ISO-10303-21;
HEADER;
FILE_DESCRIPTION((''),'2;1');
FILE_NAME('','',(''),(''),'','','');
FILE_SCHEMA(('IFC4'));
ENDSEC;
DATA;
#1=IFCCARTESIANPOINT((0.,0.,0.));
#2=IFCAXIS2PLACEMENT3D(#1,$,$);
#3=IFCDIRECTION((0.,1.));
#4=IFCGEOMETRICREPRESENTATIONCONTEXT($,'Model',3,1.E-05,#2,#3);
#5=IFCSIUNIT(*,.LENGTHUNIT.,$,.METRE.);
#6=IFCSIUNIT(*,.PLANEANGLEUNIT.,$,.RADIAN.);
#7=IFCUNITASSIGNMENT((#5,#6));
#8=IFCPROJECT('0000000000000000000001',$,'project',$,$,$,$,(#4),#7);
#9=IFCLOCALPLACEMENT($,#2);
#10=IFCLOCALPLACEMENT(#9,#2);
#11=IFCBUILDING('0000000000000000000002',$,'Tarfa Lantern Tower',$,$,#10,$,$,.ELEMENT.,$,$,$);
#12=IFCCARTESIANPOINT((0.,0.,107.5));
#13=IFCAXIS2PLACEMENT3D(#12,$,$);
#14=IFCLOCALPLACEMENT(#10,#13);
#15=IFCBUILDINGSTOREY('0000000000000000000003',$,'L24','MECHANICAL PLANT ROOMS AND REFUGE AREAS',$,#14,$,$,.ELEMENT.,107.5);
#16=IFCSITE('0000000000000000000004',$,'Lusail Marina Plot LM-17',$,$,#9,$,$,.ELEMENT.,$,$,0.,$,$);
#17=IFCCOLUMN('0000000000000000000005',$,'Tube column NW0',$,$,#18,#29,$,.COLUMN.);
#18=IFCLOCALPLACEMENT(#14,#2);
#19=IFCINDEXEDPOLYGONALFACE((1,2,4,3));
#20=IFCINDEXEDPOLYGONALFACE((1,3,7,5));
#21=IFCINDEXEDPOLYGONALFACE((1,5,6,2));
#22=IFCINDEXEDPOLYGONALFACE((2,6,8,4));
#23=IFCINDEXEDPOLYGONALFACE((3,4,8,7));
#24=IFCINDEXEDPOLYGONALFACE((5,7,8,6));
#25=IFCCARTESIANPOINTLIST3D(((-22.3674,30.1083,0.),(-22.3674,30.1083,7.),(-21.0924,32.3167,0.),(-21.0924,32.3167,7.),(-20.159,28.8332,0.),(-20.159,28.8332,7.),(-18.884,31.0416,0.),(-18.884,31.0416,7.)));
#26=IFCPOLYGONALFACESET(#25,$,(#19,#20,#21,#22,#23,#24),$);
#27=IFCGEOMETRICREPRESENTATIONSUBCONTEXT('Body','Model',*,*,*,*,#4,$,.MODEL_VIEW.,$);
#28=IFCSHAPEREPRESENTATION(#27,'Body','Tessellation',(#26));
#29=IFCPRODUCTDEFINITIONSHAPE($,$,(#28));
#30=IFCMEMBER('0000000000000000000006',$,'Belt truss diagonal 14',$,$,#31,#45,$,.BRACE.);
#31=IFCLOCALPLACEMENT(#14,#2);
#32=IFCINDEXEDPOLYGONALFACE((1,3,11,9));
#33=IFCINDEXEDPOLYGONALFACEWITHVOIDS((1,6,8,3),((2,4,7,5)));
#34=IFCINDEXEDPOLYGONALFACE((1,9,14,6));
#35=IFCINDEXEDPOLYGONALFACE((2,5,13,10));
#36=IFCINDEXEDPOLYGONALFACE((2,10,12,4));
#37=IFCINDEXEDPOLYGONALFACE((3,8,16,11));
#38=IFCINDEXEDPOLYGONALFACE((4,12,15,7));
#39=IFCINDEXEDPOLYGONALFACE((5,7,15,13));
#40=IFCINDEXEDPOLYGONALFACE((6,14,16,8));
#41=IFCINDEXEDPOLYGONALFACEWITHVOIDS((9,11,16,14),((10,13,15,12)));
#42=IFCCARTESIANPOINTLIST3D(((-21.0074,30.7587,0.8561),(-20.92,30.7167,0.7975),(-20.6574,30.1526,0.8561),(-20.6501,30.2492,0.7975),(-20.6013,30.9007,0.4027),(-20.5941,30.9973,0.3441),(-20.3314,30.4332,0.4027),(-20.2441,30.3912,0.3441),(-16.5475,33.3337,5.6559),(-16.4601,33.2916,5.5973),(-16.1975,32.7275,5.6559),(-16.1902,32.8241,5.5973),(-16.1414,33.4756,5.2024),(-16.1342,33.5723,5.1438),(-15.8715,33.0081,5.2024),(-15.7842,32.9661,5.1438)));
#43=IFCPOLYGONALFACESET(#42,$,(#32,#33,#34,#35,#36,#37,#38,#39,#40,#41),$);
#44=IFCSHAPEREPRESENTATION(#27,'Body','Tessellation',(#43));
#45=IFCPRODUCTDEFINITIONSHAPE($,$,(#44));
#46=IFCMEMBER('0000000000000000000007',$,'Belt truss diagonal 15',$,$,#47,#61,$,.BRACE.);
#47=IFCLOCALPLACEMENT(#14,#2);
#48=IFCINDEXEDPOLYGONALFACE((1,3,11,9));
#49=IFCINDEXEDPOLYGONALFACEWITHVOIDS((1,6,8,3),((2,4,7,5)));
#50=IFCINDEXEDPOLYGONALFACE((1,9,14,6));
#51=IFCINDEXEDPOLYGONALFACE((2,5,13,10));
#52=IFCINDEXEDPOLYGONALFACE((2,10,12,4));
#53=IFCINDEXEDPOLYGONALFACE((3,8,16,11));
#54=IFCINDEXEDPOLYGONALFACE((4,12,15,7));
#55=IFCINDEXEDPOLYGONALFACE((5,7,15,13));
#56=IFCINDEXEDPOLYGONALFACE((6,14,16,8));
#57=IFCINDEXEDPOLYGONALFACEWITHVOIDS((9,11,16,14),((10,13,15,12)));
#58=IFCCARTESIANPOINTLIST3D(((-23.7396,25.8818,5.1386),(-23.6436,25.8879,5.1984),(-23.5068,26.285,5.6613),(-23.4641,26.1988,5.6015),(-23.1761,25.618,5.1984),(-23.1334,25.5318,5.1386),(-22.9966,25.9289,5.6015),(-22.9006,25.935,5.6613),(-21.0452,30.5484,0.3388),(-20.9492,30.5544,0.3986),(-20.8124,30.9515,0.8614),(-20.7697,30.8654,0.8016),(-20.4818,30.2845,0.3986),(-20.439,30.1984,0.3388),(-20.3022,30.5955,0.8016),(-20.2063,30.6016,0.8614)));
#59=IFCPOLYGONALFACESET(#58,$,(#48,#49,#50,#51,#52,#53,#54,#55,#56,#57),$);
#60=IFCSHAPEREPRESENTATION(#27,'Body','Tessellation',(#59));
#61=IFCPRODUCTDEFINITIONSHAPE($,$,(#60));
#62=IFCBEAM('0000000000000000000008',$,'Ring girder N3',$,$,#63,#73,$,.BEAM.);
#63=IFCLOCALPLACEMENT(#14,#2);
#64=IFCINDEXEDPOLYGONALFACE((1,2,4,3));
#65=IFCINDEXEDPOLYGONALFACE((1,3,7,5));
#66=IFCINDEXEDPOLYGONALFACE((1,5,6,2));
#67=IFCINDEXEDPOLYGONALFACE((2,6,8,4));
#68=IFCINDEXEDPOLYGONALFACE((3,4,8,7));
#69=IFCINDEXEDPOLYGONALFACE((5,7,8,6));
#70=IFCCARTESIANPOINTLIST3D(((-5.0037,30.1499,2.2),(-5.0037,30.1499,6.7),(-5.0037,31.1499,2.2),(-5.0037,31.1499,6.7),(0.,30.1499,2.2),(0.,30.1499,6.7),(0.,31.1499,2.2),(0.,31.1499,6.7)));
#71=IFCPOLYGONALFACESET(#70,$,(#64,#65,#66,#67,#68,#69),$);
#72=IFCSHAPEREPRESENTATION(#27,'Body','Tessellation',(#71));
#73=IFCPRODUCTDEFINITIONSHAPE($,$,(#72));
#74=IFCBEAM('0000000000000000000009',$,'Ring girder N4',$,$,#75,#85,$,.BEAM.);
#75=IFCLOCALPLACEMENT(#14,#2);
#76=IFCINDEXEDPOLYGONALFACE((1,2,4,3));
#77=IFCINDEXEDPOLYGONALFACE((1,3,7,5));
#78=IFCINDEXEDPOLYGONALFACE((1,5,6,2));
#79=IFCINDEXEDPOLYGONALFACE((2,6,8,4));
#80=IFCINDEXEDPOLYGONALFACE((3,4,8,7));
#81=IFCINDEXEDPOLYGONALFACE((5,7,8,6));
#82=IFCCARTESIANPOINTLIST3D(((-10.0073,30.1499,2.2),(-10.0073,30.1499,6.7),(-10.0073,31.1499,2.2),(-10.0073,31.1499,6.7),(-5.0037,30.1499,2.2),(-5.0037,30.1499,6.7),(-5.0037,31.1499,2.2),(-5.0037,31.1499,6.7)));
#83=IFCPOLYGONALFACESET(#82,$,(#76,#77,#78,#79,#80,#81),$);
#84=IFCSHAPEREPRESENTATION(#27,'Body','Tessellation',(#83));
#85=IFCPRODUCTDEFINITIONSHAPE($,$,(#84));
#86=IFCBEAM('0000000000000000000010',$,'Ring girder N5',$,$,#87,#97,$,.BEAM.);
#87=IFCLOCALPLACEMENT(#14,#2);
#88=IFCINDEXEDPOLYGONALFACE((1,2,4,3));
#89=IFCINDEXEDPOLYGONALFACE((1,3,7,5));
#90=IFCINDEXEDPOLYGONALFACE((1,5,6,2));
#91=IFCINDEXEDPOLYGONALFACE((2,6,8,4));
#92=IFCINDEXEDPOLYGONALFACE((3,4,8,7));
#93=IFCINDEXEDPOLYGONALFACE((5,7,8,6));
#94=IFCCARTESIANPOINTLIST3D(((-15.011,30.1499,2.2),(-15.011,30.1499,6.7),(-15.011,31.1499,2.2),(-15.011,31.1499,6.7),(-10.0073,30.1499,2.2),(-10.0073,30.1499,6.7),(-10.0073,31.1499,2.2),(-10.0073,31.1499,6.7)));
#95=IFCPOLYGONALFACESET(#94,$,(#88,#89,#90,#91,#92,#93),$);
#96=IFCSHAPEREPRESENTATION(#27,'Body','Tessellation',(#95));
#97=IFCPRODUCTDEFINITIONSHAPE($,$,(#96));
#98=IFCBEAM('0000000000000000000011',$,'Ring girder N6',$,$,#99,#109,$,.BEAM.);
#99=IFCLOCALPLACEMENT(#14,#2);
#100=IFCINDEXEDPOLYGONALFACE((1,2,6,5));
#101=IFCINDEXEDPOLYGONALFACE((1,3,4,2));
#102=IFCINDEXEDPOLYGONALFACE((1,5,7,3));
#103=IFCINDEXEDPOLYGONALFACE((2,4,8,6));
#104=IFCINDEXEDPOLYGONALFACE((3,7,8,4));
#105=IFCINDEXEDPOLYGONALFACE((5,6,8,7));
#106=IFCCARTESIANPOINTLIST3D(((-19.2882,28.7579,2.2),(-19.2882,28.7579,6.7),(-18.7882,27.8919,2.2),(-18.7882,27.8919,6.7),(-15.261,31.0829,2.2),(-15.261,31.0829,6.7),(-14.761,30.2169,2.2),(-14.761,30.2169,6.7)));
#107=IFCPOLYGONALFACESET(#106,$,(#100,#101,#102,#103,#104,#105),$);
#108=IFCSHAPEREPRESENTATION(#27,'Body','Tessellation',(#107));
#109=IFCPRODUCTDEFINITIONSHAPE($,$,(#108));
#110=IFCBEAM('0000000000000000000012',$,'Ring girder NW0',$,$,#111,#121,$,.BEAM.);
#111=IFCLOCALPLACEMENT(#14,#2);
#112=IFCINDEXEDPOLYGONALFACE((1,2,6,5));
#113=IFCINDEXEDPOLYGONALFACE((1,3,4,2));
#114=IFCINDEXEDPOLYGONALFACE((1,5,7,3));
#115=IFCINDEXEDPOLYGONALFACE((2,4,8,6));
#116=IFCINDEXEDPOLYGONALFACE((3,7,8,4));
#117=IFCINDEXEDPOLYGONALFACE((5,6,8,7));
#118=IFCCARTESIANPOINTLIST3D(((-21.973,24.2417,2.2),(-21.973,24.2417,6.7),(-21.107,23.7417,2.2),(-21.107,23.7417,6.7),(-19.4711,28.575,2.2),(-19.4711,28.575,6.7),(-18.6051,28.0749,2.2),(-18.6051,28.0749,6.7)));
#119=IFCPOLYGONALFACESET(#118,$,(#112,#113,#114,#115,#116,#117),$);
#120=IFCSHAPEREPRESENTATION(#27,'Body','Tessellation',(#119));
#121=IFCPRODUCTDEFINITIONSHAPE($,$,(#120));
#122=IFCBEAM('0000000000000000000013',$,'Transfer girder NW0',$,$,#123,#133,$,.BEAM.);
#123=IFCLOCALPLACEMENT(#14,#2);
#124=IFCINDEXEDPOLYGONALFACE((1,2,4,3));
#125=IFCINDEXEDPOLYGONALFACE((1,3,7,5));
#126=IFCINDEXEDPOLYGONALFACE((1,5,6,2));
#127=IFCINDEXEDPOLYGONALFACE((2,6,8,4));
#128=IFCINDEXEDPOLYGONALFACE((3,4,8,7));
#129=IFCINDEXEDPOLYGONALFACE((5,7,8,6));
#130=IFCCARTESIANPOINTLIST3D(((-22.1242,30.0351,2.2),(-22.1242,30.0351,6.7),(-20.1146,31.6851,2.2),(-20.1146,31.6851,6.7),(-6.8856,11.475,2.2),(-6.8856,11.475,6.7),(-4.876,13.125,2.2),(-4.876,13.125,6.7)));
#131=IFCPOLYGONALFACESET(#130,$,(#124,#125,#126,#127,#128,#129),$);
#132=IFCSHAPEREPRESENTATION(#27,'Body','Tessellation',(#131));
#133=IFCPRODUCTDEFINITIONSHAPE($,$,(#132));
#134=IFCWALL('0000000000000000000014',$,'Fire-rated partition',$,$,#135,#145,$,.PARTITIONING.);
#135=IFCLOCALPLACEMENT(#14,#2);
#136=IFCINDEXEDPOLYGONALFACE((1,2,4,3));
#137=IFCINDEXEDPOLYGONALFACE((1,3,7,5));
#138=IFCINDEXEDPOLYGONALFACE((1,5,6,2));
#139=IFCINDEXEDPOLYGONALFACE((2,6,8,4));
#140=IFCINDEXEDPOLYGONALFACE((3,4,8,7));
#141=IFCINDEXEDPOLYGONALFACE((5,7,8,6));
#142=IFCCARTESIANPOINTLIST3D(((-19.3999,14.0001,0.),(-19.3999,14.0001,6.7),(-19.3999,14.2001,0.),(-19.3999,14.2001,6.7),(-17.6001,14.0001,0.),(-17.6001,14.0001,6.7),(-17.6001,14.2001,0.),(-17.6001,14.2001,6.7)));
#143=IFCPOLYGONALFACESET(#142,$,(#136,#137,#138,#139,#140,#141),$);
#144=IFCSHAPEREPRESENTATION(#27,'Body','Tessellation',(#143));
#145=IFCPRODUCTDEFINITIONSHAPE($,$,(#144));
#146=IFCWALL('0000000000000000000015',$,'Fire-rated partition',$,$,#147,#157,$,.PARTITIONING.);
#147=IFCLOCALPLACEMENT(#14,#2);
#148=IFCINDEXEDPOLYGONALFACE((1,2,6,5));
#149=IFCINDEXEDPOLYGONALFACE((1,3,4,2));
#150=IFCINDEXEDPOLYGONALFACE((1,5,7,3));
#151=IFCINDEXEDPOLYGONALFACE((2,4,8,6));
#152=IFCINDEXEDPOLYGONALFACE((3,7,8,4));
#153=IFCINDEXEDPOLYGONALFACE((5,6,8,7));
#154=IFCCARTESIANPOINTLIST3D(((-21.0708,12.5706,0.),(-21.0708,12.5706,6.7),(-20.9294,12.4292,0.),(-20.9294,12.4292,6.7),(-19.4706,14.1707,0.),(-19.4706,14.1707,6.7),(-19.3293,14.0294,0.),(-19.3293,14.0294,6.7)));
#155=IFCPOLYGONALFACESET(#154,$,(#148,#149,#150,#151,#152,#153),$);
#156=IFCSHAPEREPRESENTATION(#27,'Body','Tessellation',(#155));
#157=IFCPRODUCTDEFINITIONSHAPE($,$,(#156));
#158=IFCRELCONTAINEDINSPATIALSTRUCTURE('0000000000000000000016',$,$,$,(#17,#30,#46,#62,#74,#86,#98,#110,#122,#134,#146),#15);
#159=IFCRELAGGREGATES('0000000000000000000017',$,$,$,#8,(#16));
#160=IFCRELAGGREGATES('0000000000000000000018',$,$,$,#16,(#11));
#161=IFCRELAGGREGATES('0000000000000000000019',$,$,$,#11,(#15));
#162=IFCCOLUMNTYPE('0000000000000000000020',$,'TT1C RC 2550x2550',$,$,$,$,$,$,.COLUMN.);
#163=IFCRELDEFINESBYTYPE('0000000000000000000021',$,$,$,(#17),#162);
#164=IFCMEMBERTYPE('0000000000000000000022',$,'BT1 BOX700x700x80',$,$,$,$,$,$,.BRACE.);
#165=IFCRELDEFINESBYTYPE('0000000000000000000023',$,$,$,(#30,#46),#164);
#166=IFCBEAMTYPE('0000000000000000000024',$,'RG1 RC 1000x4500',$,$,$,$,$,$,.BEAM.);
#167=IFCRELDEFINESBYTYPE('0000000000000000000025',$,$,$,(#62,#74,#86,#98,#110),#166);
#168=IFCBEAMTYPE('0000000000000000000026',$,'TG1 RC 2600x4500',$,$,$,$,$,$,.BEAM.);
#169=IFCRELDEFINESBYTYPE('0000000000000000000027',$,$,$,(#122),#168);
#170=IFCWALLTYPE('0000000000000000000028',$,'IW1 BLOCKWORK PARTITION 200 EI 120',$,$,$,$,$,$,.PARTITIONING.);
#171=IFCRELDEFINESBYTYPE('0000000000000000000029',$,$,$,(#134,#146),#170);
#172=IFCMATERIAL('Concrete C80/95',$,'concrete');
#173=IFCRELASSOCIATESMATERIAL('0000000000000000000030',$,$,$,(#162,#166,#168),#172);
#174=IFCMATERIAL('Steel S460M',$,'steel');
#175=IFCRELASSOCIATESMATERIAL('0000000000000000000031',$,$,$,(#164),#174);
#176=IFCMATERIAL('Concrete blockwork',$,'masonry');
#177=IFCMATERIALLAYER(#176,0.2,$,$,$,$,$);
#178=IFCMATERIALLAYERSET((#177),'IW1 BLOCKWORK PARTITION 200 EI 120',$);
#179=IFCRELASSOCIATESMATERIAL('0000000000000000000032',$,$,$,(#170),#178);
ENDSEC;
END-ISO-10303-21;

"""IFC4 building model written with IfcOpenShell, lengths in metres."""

from ifc_helpers import new_model, si_unit, direction, frame, frame_2d, origin, origin_2d, place, context, subcontext, project, spatial, rectangle, hollow_rectangle, extrude, material, layer, layer_set, material_profile, profile_set, type_object, element, save


model = new_model("IFC4")

# Units and contexts
model_context = context("Model", 3, precision=1e-05, world=origin(), true_north=direction((0.0, 1.0)))
body_context = subcontext(model_context, "Body", "Model", "MODEL_VIEW")
ifc_project = project(units=[si_unit("LENGTHUNIT", "METRE"), si_unit("PLANEANGLEUNIT", "RADIAN")], contexts=[model_context])

# Site, building, storey
site_placement = place(None, origin())
site = spatial("IfcSite", under=ifc_project, at=site_placement, Name="Lusail Marina Plot LM-17", CompositionType="ELEMENT", RefElevation=0.0)
building_placement = place(site_placement, origin())
building = spatial("IfcBuilding", under=site, at=building_placement, Name="Tarfa Lantern Tower", CompositionType="ELEMENT")
storey_placement = place(building_placement, frame((0.0, 0.0, 107.5)))
storey = spatial("IfcBuildingStorey", under=building, at=storey_placement, Name="L24", Description="MECHANICAL PLANT ROOMS AND REFUGE AREAS", CompositionType="ELEMENT", Elevation=107.5)

# Column
ifc_material_1 = material(Name="Concrete C80/95", Category="concrete")
ifc_material_profile_1 = material_profile(ifc_material_1, rectangle(XDim=2.55, YDim=2.55, at=origin_2d()), Name="RC 2550x2550")
ifc_profile_set_1 = profile_set([ifc_material_profile_1], Name="Concrete C80/95")
column_type = type_object("IfcColumnType", Name="TT1C RC 2550x2550", PredefinedType="COLUMN", material=ifc_profile_set_1)
column_placement = place(storey_placement, frame((-20.6257, 30.575, 0.0), z_axis=(0.0, 0.0, 1.0), x_axis=(-0.5, -0.866025, 0.0)))
element("IfcColumn", 1, at=column_placement, inside=storey, type_object=column_type, Name="Tube column NW0", PredefinedType="COLUMN", context=body_context, shape_type="SweptSolid", body=[
    extrude(rectangle(XDim=2.55, YDim=2.55, at=origin_2d()), origin(), (0.0, 0.0, 1.0), 7.0),
])

# Members
ifc_material_2 = material(Name="Steel S460M", Category="steel")
ifc_material_profile_2 = material_profile(ifc_material_2, hollow_rectangle(XDim=0.7, YDim=0.7, WallThickness=0.0801, at=origin_2d()), Name="BOX700x700x80")
ifc_profile_set_2 = profile_set([ifc_material_profile_2], Name="Steel S460M")
member_type = type_object("IfcMemberType", Name="BT1 BOX700x700x80", PredefinedType="BRACE", material=ifc_profile_set_2)
member_1_placement = place(storey_placement, frame((-20.6257, 30.575, 0.6001), z_axis=(0.633529, 0.365767, 0.681803), x_axis=(-0.499999, 0.866026, 0.0)))
element("IfcMember", 2, at=member_1_placement, inside=storey, type_object=member_type, Name="Belt truss diagonal 14", PredefinedType="BRACE", context=body_context, shape_type="SweptSolid", body=[
    extrude(hollow_rectangle(XDim=0.7, YDim=0.7, WallThickness=0.0801, at=origin_2d()), origin(), (0.0, 0.0, 1.0), 7.0398),
])
member_2_placement = place(storey_placement, frame((-20.6257, 30.575, 0.6001), z_axis=(-0.373372, -0.646669, 0.665141), x_axis=(0.866015, -0.500018, 0.0)))
element("IfcMember", 3, at=member_2_placement, inside=storey, type_object=member_type, Name="Belt truss diagonal 15", PredefinedType="BRACE", context=body_context, shape_type="SweptSolid", body=[
    extrude(hollow_rectangle(XDim=0.7, YDim=0.7, WallThickness=0.0801, at=origin_2d()), origin(), (0.0, 0.0, 1.0), 7.2163),
])

# Beams
ifc_material_profile_3 = material_profile(ifc_material_1, rectangle(XDim=1.0, YDim=4.5, at=origin_2d()), Name="RC 1000x4500")
ifc_profile_set_3 = profile_set([ifc_material_profile_3], Name="Concrete C80/95")
beam_type_1 = type_object("IfcBeamType", Name="RG1 RC 1000x4500", PredefinedType="BEAM", material=ifc_profile_set_3)
for number, where, z_axis, x_axis, name in (
    (4, (0.0, 30.6499, 4.45), (-1.0, 0.0, 0.0), (0.0, -1.0, 0.0), "Ring girder N3"),
    (5, (-5.0037, 30.6499, 4.45), (-1.0, 0.0, 0.0), (0.0, -1.0, 0.0), "Ring girder N4"),
    (6, (-10.0073, 30.6499, 4.45), (-1.0, 0.0, 0.0), (0.0, -1.0, 0.0), "Ring girder N5"),
):
    element("IfcBeam", number, at=place(storey_placement, frame(where, z_axis=z_axis, x_axis=x_axis)), inside=storey, type_object=beam_type_1, Name=name, PredefinedType="BEAM", context=body_context, shape_type="SweptSolid", body=[
        extrude(rectangle(XDim=1.0, YDim=4.5, at=origin_2d()), origin(), (0.0, 0.0, 1.0), 5.0037),
    ])
beam_1_placement = place(storey_placement, frame((-15.011, 30.6499, 4.45), z_axis=(-0.866034, -0.499985, 0.0), x_axis=(0.499985, -0.866034, 0.0)))
element("IfcBeam", 7, at=beam_1_placement, inside=storey, type_object=beam_type_1, Name="Ring girder N6", PredefinedType="BEAM", context=body_context, shape_type="SweptSolid", body=[
    extrude(rectangle(XDim=1.0, YDim=4.5, at=origin_2d()), origin(), (0.0, 0.0, 1.0), 4.6501),
])
beam_2_placement = place(storey_placement, frame((-19.0381, 28.325, 4.45), z_axis=(-0.500022, -0.866013, 0.0), x_axis=(0.866013, -0.500022, 0.0)))
element("IfcBeam", 8, at=beam_2_placement, inside=storey, type_object=beam_type_1, Name="Ring girder NW0", PredefinedType="BEAM", context=body_context, shape_type="SweptSolid", body=[
    extrude(rectangle(XDim=1.0, YDim=4.5, at=origin_2d()), origin(), (0.0, 0.0, 1.0), 5.0037),
])
ifc_material_profile_4 = material_profile(ifc_material_1, rectangle(XDim=2.6001, YDim=4.5, at=origin_2d()), Name="RC 2600x4500")
ifc_profile_set_4 = profile_set([ifc_material_profile_4], Name="Concrete C80/95")
beam_type_2 = type_object("IfcBeamType", Name="TG1 RC 2600x4500", PredefinedType="BEAM", material=ifc_profile_set_4)
beam_3_placement = place(storey_placement, frame((-21.1194, 30.8601, 4.45), z_axis=(0.634559, -0.772874, 0.0), x_axis=(0.772874, 0.634559, 0.0)))
element("IfcBeam", 9, at=beam_3_placement, inside=storey, type_object=beam_type_2, Name="Transfer girder NW0", PredefinedType="BEAM", context=body_context, shape_type="SweptSolid", body=[
    extrude(rectangle(XDim=2.6001, YDim=4.5, at=origin_2d()), origin(), (0.0, 0.0, 1.0), 24.0144),
])

# Walls
ifc_material_3 = material(Name="Concrete blockwork", Category="masonry")
ifc_layer_1 = layer(ifc_material_3, 0.2)
ifc_layer_set_1 = layer_set([ifc_layer_1], Name="IW1 BLOCKWORK PARTITION 200 EI 120")
wall_type_1 = type_object("IfcWallType", Name="IW1 BLOCKWORK PARTITION 200 EI 120", PredefinedType="PARTITIONING", material=ifc_layer_set_1)
wall_1_placement = place(storey_placement, frame((-19.3999, 14.1001, 0.0), z_axis=(0.0, 0.0, 1.0), x_axis=(1.0, 0.0, 0.0)))
element("IfcWall", 10, at=wall_1_placement, inside=storey, type_object=wall_type_1, Name="Fire-rated partition", PredefinedType="PARTITIONING", context=body_context, shape_type="SweptSolid", body=[
    extrude(rectangle(XDim=1.7998, YDim=0.2, at=frame_2d((0.8999, 0.0))), origin(), (0.0, 0.0, 1.0), 6.7),
])
wall_2_placement = place(storey_placement, frame((-21.0, 12.5, 0.0), z_axis=(0.0, 0.0, 1.0), x_axis=(0.707107, 0.707107, 0.0)))
element("IfcWall", 11, at=wall_2_placement, inside=storey, type_object=wall_type_1, Name="Fire-rated partition", PredefinedType="PARTITIONING", context=body_context, shape_type="SweptSolid", body=[
    extrude(rectangle(XDim=2.2629, YDim=0.2, at=frame_2d((1.1313, 0.0))), origin(), (0.0, 0.0, 1.0), 6.7),
])

save(model, "model.ifc")
